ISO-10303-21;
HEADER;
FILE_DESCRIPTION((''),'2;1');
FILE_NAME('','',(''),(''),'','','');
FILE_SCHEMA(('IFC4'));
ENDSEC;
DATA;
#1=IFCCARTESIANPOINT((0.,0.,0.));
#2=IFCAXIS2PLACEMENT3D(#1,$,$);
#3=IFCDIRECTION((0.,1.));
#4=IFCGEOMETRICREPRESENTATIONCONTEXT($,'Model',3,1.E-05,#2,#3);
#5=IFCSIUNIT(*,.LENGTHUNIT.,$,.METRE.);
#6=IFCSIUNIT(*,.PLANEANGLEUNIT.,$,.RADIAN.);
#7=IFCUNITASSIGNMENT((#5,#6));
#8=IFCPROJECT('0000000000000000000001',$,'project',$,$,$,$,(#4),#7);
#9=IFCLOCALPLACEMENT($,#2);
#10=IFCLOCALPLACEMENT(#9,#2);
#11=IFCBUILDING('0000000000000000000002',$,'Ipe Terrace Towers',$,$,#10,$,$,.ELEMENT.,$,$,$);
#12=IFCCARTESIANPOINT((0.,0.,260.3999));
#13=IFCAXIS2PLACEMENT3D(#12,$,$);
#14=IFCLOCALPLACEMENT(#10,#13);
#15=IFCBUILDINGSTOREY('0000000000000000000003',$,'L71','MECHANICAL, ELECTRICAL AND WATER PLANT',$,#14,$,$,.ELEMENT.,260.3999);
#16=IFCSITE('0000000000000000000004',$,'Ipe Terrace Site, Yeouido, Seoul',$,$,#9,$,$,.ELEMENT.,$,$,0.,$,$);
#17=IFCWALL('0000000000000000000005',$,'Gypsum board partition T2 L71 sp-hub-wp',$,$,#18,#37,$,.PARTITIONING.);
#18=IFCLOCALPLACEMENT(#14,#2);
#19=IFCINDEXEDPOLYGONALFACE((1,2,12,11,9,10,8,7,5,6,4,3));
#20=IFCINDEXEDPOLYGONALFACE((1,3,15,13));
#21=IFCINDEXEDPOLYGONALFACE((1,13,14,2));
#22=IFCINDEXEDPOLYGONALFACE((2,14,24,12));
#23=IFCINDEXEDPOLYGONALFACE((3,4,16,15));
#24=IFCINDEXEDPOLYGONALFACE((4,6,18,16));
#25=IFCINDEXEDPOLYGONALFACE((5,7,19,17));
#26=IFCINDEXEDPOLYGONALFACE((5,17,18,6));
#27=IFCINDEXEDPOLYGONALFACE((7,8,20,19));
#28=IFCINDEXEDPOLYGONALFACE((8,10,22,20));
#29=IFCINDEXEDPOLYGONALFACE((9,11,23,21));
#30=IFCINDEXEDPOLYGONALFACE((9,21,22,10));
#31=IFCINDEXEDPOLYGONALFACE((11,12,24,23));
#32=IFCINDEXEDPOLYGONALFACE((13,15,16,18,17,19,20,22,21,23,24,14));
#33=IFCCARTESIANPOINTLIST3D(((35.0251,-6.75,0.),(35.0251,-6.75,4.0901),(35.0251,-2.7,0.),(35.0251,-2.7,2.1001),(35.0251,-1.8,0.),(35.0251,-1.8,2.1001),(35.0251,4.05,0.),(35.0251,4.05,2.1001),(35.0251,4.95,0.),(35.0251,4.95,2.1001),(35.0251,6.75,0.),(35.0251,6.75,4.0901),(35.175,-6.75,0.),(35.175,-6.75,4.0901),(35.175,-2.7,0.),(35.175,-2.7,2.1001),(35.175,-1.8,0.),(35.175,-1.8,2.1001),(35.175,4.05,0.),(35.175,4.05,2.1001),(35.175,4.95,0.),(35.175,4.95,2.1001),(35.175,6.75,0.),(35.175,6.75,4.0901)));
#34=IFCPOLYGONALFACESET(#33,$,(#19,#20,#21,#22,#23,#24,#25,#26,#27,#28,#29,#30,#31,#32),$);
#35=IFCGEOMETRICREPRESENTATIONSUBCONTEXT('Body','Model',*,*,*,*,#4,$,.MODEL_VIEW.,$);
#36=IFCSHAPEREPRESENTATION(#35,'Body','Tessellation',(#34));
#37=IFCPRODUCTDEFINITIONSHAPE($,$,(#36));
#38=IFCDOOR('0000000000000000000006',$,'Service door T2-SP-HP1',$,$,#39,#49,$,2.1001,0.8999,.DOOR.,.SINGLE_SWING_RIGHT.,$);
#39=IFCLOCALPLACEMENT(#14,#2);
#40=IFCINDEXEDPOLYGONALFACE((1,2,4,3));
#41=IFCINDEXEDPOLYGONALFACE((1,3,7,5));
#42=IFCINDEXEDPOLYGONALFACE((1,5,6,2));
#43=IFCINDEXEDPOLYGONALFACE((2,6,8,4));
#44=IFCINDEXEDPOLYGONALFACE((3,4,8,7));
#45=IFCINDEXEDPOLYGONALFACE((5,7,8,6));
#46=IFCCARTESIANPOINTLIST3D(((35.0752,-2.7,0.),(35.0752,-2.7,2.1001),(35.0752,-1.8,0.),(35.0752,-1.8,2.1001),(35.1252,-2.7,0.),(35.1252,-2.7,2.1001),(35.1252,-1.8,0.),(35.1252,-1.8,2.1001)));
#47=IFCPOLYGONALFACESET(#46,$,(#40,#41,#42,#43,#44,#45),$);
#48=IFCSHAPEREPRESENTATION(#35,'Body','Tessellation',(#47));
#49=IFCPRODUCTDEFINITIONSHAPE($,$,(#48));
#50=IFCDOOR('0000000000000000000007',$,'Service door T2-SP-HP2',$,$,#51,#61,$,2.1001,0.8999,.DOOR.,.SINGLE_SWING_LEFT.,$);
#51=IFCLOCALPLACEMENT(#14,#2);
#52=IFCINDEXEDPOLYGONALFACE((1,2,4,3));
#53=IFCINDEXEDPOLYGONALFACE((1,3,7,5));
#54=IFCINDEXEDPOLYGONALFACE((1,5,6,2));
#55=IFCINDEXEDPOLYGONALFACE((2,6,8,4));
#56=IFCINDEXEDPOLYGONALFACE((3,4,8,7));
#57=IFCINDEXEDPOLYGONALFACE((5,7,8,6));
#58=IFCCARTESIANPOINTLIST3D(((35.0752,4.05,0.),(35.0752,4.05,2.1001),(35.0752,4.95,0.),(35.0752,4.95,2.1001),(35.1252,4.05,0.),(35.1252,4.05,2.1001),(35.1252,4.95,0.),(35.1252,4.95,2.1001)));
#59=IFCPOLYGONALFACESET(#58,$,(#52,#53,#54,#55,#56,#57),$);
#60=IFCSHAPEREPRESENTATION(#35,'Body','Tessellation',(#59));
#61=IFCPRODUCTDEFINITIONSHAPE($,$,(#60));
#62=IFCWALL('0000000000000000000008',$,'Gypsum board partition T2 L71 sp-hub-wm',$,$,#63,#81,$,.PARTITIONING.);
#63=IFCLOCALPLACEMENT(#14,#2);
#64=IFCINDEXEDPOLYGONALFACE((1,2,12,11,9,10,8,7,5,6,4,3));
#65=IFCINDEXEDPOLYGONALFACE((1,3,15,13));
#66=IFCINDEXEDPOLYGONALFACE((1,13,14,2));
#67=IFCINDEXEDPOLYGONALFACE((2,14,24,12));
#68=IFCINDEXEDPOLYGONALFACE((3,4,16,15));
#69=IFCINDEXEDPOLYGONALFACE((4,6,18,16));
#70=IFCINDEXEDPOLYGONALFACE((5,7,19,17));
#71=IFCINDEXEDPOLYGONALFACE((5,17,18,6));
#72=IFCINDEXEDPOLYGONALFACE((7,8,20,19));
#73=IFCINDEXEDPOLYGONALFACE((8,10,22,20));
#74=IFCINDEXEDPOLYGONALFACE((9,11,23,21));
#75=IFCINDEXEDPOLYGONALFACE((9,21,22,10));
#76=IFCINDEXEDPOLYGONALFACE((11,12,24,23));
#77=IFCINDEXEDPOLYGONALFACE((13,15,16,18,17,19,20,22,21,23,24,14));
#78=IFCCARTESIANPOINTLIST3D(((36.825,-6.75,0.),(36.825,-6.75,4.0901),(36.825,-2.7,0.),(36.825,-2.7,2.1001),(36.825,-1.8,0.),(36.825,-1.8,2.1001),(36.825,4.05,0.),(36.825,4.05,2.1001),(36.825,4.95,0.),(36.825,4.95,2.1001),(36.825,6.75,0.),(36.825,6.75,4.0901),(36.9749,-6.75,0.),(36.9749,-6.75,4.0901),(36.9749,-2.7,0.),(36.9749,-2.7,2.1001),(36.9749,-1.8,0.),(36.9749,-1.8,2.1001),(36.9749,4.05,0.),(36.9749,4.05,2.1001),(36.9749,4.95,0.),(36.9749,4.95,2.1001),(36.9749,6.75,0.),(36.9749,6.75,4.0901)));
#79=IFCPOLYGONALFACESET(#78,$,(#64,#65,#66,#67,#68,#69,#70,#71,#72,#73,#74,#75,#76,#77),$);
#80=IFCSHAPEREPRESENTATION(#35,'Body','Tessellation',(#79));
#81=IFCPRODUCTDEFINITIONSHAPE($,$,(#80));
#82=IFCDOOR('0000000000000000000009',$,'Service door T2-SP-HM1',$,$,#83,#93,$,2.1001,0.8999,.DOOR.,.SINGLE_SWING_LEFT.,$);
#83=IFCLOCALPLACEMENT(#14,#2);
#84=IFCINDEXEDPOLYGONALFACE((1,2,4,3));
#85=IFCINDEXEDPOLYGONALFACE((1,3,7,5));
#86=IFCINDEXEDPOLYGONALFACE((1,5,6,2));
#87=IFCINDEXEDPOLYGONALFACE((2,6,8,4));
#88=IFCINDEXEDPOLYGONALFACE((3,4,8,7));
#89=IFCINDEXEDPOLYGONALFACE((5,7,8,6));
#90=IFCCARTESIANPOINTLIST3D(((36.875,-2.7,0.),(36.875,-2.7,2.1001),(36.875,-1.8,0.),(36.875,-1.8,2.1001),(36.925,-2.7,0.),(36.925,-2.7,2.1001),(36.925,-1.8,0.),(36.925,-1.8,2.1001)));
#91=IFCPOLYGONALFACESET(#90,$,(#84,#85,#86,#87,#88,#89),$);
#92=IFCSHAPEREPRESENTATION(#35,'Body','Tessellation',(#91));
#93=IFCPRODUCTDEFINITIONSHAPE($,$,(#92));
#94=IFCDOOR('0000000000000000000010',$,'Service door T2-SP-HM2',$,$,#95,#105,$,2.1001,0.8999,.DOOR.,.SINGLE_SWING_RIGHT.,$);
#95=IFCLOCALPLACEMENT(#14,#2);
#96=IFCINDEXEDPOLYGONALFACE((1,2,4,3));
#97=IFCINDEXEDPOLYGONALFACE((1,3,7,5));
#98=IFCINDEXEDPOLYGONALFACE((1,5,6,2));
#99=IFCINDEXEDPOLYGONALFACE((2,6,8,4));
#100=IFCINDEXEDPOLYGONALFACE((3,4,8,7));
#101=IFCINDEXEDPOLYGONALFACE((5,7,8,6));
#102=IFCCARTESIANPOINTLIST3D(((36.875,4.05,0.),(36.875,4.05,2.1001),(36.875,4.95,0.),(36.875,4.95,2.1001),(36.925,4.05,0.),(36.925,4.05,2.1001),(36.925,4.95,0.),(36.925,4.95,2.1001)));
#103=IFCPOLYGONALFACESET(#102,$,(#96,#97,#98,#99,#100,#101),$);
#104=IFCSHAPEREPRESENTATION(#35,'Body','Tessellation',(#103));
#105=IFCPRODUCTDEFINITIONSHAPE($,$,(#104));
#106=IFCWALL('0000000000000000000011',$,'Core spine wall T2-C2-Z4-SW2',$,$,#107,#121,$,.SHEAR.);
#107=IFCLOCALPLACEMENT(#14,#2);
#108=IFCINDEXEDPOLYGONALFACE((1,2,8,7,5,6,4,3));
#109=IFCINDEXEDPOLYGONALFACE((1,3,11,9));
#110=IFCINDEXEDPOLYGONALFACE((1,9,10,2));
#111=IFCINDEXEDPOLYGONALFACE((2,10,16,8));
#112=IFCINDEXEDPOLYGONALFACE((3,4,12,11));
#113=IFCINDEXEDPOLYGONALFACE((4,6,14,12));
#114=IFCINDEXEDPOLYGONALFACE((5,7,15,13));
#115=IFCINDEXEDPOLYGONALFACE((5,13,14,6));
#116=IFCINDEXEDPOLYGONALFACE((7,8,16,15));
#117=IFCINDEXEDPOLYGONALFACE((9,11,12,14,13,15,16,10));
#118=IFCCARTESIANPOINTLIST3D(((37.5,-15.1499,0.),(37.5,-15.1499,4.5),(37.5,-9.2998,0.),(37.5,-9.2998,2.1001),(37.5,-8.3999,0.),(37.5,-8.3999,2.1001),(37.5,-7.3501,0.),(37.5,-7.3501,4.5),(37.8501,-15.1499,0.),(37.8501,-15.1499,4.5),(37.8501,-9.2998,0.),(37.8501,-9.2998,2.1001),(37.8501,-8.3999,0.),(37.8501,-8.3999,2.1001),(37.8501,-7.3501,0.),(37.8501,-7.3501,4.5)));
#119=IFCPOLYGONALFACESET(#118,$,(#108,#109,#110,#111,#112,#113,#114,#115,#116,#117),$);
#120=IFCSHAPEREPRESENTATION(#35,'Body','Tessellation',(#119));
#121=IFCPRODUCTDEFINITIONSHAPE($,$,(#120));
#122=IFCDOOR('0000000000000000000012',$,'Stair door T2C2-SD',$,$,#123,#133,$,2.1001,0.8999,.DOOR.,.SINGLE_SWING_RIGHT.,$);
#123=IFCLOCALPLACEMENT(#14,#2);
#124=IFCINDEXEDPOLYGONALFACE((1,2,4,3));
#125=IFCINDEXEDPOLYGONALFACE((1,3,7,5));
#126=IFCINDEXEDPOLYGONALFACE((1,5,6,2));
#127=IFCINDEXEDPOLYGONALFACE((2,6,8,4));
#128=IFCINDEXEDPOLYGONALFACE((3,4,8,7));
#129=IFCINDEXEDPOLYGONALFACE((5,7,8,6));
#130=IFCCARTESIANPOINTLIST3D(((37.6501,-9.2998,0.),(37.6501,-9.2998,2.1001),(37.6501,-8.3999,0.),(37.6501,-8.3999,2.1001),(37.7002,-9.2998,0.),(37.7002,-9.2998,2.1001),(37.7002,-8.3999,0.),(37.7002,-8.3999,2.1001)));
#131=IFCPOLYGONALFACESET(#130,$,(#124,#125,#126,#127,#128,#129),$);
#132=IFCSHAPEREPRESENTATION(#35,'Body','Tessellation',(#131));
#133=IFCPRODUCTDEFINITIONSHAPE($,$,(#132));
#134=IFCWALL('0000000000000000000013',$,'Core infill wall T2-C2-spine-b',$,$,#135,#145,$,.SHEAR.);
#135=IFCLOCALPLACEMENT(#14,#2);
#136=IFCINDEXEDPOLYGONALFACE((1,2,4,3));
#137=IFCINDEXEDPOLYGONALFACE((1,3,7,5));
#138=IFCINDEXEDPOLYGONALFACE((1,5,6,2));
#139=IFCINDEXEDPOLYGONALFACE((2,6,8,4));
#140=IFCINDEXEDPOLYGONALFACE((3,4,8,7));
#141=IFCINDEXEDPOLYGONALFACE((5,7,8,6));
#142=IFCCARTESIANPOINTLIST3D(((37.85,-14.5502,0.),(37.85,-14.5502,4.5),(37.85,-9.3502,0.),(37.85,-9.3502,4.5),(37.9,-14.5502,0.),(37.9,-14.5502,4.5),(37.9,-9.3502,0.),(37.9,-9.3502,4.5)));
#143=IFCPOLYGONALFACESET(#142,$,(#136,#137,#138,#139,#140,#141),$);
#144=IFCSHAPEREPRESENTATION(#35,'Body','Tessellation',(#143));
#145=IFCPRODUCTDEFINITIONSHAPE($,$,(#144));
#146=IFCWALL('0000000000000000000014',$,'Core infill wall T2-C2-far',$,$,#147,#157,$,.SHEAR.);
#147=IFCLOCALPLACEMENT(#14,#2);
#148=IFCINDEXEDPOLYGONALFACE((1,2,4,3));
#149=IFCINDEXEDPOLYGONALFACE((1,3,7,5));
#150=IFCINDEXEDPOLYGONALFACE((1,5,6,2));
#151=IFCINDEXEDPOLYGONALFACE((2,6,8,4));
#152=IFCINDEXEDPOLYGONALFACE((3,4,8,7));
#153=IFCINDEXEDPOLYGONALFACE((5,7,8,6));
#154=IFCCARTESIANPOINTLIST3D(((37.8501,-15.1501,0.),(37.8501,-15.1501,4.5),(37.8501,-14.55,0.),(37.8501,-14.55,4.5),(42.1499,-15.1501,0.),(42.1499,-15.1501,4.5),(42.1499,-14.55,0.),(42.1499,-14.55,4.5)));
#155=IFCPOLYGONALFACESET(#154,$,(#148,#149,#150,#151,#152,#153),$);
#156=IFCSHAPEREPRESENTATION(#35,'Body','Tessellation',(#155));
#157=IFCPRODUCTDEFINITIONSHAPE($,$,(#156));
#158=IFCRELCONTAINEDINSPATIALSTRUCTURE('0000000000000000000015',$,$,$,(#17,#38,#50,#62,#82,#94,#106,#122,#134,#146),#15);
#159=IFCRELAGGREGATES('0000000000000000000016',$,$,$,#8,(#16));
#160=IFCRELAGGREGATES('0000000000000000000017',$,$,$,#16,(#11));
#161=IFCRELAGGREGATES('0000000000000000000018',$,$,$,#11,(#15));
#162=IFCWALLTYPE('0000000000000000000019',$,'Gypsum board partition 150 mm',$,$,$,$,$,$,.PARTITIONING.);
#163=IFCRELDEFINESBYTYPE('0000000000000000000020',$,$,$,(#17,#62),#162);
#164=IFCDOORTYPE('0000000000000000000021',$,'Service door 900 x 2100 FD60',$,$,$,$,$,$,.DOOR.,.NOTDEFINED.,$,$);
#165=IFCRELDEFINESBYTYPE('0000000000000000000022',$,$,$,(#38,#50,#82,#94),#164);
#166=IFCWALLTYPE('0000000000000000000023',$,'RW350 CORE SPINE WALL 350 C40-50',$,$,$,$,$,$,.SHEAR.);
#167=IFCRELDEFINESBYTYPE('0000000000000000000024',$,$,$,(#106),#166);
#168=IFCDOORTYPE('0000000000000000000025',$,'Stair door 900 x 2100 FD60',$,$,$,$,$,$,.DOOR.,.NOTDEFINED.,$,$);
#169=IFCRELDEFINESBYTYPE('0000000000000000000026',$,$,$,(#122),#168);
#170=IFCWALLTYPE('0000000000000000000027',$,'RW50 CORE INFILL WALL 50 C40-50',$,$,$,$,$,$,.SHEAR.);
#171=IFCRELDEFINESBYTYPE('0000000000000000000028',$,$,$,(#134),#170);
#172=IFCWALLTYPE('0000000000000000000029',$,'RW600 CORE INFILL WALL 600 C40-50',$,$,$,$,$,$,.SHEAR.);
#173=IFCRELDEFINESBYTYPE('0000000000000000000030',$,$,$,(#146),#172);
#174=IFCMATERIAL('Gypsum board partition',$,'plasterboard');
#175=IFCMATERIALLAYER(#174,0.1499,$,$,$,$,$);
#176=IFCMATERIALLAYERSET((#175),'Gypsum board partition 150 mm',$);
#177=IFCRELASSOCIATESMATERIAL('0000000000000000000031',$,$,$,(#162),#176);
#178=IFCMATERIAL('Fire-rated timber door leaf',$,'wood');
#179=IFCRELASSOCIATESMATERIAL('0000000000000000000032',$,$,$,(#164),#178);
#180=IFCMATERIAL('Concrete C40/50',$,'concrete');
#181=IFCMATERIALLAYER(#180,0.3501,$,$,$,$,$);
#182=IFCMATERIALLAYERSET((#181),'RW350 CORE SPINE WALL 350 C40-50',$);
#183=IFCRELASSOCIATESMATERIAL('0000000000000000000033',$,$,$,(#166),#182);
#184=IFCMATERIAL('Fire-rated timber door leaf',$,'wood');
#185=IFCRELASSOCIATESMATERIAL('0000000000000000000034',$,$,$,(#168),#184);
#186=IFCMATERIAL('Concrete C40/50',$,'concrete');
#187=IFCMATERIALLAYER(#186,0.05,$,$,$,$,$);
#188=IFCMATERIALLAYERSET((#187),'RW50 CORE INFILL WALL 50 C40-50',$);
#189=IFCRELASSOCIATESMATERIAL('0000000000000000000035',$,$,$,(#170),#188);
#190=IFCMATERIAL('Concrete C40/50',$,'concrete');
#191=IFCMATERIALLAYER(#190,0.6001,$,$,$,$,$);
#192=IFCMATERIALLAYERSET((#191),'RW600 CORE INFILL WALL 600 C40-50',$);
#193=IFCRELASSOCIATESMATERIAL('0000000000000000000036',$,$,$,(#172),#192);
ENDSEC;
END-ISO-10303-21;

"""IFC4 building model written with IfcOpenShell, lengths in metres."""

from ifc_helpers import new_model, si_unit, direction, frame, frame_2d, origin, place, context, subcontext, project, spatial, rectangle, extrude, material, layer, layer_set, type_object, element, fill, save


model = new_model("IFC4")

# Units and contexts
model_context = context("Model", 3, precision=1e-05, world=origin(), true_north=direction((0.0, 1.0)))
body_context = subcontext(model_context, "Body", "Model", "MODEL_VIEW")
ifc_project = project(units=[si_unit("LENGTHUNIT", "METRE"), si_unit("PLANEANGLEUNIT", "RADIAN")], contexts=[model_context])

# Site, building, storey
site_placement = place(None, origin())
site = spatial("IfcSite", under=ifc_project, at=site_placement, Name="Ipe Terrace Site, Yeouido, Seoul", CompositionType="ELEMENT", RefElevation=0.0)
building_placement = place(site_placement, origin())
building = spatial("IfcBuilding", under=site, at=building_placement, Name="Ipe Terrace Towers", CompositionType="ELEMENT")
storey_placement = place(building_placement, frame((0.0, 0.0, 260.3999)))
storey = spatial("IfcBuildingStorey", under=building, at=storey_placement, Name="L71", Description="MECHANICAL, ELECTRICAL AND WATER PLANT", CompositionType="ELEMENT", Elevation=260.3999)

# Shared definitions
ifc_material_1 = material(Name="Gypsum board partition", Category="plasterboard")
ifc_layer_1 = layer(ifc_material_1, 0.1499)
ifc_layer_set_1 = layer_set([ifc_layer_1], Name="Gypsum board partition 150 mm")
wall_type_1 = type_object("IfcWallType", Name="Gypsum board partition 150 mm", PredefinedType="PARTITIONING", material=ifc_layer_set_1)

# Walls, openings, doors
wall_1_placement = place(storey_placement, frame((35.1001, -6.75, 0.0), z_axis=(0.0, 0.0, 1.0), x_axis=(0.0, 1.0, 0.0)))
wall_1 = element("IfcWall", 1, at=wall_1_placement, inside=storey, type_object=wall_type_1, Name="Gypsum board partition T2 L71 sp-hub-wp", PredefinedType="PARTITIONING", context=body_context, shape_type="SweptSolid", body=[
    extrude(rectangle(XDim=13.5, YDim=0.1499, at=frame_2d((6.75, 0.0))), origin(), (0.0, 0.0, 1.0), 4.0901),
])
opening_1_placement = place(wall_1_placement, frame((4.05, 0.0, 0.0)))
opening_1 = element("IfcOpeningElement", 2, at=opening_1_placement, cuts=wall_1, PredefinedType="OPENING", context=body_context, shape_type="SweptSolid", body=[
    extrude(rectangle(XDim=0.8999, YDim=2.1001, at=frame_2d((0.45, 1.05))), frame((0.0, 0.085, 0.0), z_axis=(0.0, -1.0, 0.0), x_axis=(1.0, 0.0, 0.0)), (0.0, 0.0, 1.0), 0.1699),
])
opening_2_placement = place(wall_1_placement, frame((10.8, 0.0, 0.0)))
opening_2 = element("IfcOpeningElement", 3, at=opening_2_placement, cuts=wall_1, PredefinedType="OPENING", context=body_context, shape_type="SweptSolid", body=[
    extrude(rectangle(XDim=0.8999, YDim=2.1001, at=frame_2d((0.45, 1.05))), frame((0.0, 0.085, 0.0), z_axis=(0.0, -1.0, 0.0), x_axis=(1.0, 0.0, 0.0)), (0.0, 0.0, 1.0), 0.1699),
])
ifc_material_2 = material(Name="Fire-rated timber door leaf", Category="wood")
door_type_1 = type_object("IfcDoorType", Name="Service door 900 x 2100 FD60", OperationType="NOTDEFINED", PredefinedType="DOOR", material=ifc_material_2)
door_1_placement = place(opening_1_placement, origin())
door_1 = element("IfcDoor", 4, at=door_1_placement, inside=storey, type_object=door_type_1, Name="Service door T2-SP-HP1", OperationType="SINGLE_SWING_RIGHT", OverallHeight=2.1001, OverallWidth=0.8999, PredefinedType="DOOR", context=body_context, shape_type="SweptSolid", body=[
    extrude(rectangle(XDim=0.8999, YDim=2.1001, at=frame_2d((0.45, 1.05))), frame((0.0, 0.0249, 0.0), z_axis=(0.0, -1.0, 0.0), x_axis=(1.0, 0.0, 0.0)), (0.0, 0.0, 1.0), 0.05),
])
fill(opening_1, door_1)
door_2_placement = place(opening_2_placement, origin())
door_2 = element("IfcDoor", 5, at=door_2_placement, inside=storey, type_object=door_type_1, Name="Service door T2-SP-HP2", OperationType="SINGLE_SWING_LEFT", OverallHeight=2.1001, OverallWidth=0.8999, PredefinedType="DOOR", context=body_context, shape_type="SweptSolid", body=[
    extrude(rectangle(XDim=0.8999, YDim=2.1001, at=frame_2d((0.45, 1.05))), frame((0.0, 0.0249, 0.0), z_axis=(0.0, -1.0, 0.0), x_axis=(1.0, 0.0, 0.0)), (0.0, 0.0, 1.0), 0.05),
])
fill(opening_2, door_2)
wall_2_placement = place(storey_placement, frame((36.8999, -6.75, 0.0), z_axis=(0.0, 0.0, 1.0), x_axis=(0.0, 1.0, 0.0)))
wall_2 = element("IfcWall", 6, at=wall_2_placement, inside=storey, type_object=wall_type_1, Name="Gypsum board partition T2 L71 sp-hub-wm", PredefinedType="PARTITIONING", context=body_context, shape_type="SweptSolid", body=[
    extrude(rectangle(XDim=13.5, YDim=0.1499, at=frame_2d((6.75, 0.0))), origin(), (0.0, 0.0, 1.0), 4.0901),
])
opening_3_placement = place(wall_2_placement, frame((4.05, 0.0, 0.0)))
opening_3 = element("IfcOpeningElement", 7, at=opening_3_placement, cuts=wall_2, PredefinedType="OPENING", context=body_context, shape_type="SweptSolid", body=[
    extrude(rectangle(XDim=0.8999, YDim=2.1001, at=frame_2d((0.45, 1.05))), frame((0.0, 0.085, 0.0), z_axis=(0.0, -1.0, 0.0), x_axis=(1.0, 0.0, 0.0)), (0.0, 0.0, 1.0), 0.1699),
])
opening_4_placement = place(wall_2_placement, frame((10.8, 0.0, 0.0)))
opening_4 = element("IfcOpeningElement", 8, at=opening_4_placement, cuts=wall_2, PredefinedType="OPENING", context=body_context, shape_type="SweptSolid", body=[
    extrude(rectangle(XDim=0.8999, YDim=2.1001, at=frame_2d((0.45, 1.05))), frame((0.0, 0.085, 0.0), z_axis=(0.0, -1.0, 0.0), x_axis=(1.0, 0.0, 0.0)), (0.0, 0.0, 1.0), 0.1699),
])
door_3_placement = place(opening_3_placement, origin())
door_3 = element("IfcDoor", 9, at=door_3_placement, inside=storey, type_object=door_type_1, Name="Service door T2-SP-HM1", OperationType="SINGLE_SWING_LEFT", OverallHeight=2.1001, OverallWidth=0.8999, PredefinedType="DOOR", context=body_context, shape_type="SweptSolid", body=[
    extrude(rectangle(XDim=0.8999, YDim=2.1001, at=frame_2d((0.45, 1.05))), frame((0.0, 0.0249, 0.0), z_axis=(0.0, -1.0, 0.0), x_axis=(1.0, 0.0, 0.0)), (0.0, 0.0, 1.0), 0.05),
])
fill(opening_3, door_3)
door_4_placement = place(opening_4_placement, origin())
door_4 = element("IfcDoor", 10, at=door_4_placement, inside=storey, type_object=door_type_1, Name="Service door T2-SP-HM2", OperationType="SINGLE_SWING_RIGHT", OverallHeight=2.1001, OverallWidth=0.8999, PredefinedType="DOOR", context=body_context, shape_type="SweptSolid", body=[
    extrude(rectangle(XDim=0.8999, YDim=2.1001, at=frame_2d((0.45, 1.05))), frame((0.0, 0.0249, 0.0), z_axis=(0.0, -1.0, 0.0), x_axis=(1.0, 0.0, 0.0)), (0.0, 0.0, 1.0), 0.05),
])
fill(opening_4, door_4)

# Wall, opening, door
ifc_material_3 = material(Name="Concrete C40/50", Category="concrete")
ifc_layer_2 = layer(ifc_material_3, 0.3501)
ifc_layer_set_2 = layer_set([ifc_layer_2], Name="RW350 CORE SPINE WALL 350 C40-50")
wall_type_2 = type_object("IfcWallType", Name="RW350 CORE SPINE WALL 350 C40-50", PredefinedType="SHEAR", material=ifc_layer_set_2)
wall_3_placement = place(storey_placement, frame((37.675, -15.1499, 0.0), z_axis=(0.0, 0.0, 1.0), x_axis=(0.0, 1.0, 0.0)))
wall_3 = element("IfcWall", 11, at=wall_3_placement, inside=storey, type_object=wall_type_2, Name="Core spine wall T2-C2-Z4-SW2", PredefinedType="SHEAR", context=body_context, shape_type="SweptSolid", body=[
    extrude(rectangle(XDim=7.7998, YDim=0.3501, at=frame_2d((3.8999, 0.0))), origin(), (0.0, 0.0, 1.0), 4.5),
])
opening_5_placement = place(wall_3_placement, frame((5.8501, 0.0, 0.0)))
opening_5 = element("IfcOpeningElement", 12, at=opening_5_placement, cuts=wall_3, PredefinedType="OPENING", context=body_context, shape_type="SweptSolid", body=[
    extrude(rectangle(XDim=0.8999, YDim=2.1001, at=frame_2d((0.45, 1.05))), frame((0.0, 0.1851, 0.0), z_axis=(0.0, -1.0, 0.0), x_axis=(1.0, 0.0, 0.0)), (0.0, 0.0, 1.0), 0.3701),
])
ifc_material_4 = material(Name="Fire-rated timber door leaf", Category="wood")
door_type_2 = type_object("IfcDoorType", Name="Stair door 900 x 2100 FD60", OperationType="NOTDEFINED", PredefinedType="DOOR", material=ifc_material_4)
door_5_placement = place(opening_5_placement, origin())
door_5 = element("IfcDoor", 13, at=door_5_placement, inside=storey, type_object=door_type_2, Name="Stair door T2C2-SD", OperationType="SINGLE_SWING_RIGHT", OverallHeight=2.1001, OverallWidth=0.8999, PredefinedType="DOOR", context=body_context, shape_type="SweptSolid", body=[
    extrude(rectangle(XDim=0.8999, YDim=2.1001, at=frame_2d((0.45, 1.05))), frame((0.0, 0.0249, 0.0), z_axis=(0.0, -1.0, 0.0), x_axis=(1.0, 0.0, 0.0)), (0.0, 0.0, 1.0), 0.05),
])
fill(opening_5, door_5)

# Walls
ifc_material_5 = material(Name="Concrete C40/50", Category="concrete")
ifc_layer_3 = layer(ifc_material_5, 0.05)
ifc_layer_set_3 = layer_set([ifc_layer_3], Name="RW50 CORE INFILL WALL 50 C40-50")
wall_type_3 = type_object("IfcWallType", Name="RW50 CORE INFILL WALL 50 C40-50", PredefinedType="SHEAR", material=ifc_layer_set_3)
wall_4_placement = place(storey_placement, frame((37.875, -9.3501, 0.0), z_axis=(0.0, 0.0, 1.0), x_axis=(0.0, -1.0, 0.0)))
element("IfcWall", 14, at=wall_4_placement, inside=storey, type_object=wall_type_3, Name="Core infill wall T2-C2-spine-b", PredefinedType="SHEAR", context=body_context, shape_type="SweptSolid", body=[
    extrude(rectangle(XDim=5.2, YDim=0.05, at=frame_2d((2.6001, 0.0))), origin(), (0.0, 0.0, 1.0), 4.5),
])
ifc_material_6 = material(Name="Concrete C40/50", Category="concrete")
ifc_layer_4 = layer(ifc_material_6, 0.6001)
ifc_layer_set_4 = layer_set([ifc_layer_4], Name="RW600 CORE INFILL WALL 600 C40-50")
wall_type_4 = type_object("IfcWallType", Name="RW600 CORE INFILL WALL 600 C40-50", PredefinedType="SHEAR", material=ifc_layer_set_4)
wall_5_placement = place(storey_placement, frame((37.8501, -14.8501, 0.0), z_axis=(0.0, 0.0, 1.0), x_axis=(1.0, 0.0, 0.0)))
element("IfcWall", 15, at=wall_5_placement, inside=storey, type_object=wall_type_4, Name="Core infill wall T2-C2-far", PredefinedType="SHEAR", context=body_context, shape_type="SweptSolid", body=[
    extrude(rectangle(XDim=4.2998, YDim=0.6001, at=frame_2d((2.1499, 0.0))), origin(), (0.0, 0.0, 1.0), 4.5),
])

save(model, "model.ifc")
